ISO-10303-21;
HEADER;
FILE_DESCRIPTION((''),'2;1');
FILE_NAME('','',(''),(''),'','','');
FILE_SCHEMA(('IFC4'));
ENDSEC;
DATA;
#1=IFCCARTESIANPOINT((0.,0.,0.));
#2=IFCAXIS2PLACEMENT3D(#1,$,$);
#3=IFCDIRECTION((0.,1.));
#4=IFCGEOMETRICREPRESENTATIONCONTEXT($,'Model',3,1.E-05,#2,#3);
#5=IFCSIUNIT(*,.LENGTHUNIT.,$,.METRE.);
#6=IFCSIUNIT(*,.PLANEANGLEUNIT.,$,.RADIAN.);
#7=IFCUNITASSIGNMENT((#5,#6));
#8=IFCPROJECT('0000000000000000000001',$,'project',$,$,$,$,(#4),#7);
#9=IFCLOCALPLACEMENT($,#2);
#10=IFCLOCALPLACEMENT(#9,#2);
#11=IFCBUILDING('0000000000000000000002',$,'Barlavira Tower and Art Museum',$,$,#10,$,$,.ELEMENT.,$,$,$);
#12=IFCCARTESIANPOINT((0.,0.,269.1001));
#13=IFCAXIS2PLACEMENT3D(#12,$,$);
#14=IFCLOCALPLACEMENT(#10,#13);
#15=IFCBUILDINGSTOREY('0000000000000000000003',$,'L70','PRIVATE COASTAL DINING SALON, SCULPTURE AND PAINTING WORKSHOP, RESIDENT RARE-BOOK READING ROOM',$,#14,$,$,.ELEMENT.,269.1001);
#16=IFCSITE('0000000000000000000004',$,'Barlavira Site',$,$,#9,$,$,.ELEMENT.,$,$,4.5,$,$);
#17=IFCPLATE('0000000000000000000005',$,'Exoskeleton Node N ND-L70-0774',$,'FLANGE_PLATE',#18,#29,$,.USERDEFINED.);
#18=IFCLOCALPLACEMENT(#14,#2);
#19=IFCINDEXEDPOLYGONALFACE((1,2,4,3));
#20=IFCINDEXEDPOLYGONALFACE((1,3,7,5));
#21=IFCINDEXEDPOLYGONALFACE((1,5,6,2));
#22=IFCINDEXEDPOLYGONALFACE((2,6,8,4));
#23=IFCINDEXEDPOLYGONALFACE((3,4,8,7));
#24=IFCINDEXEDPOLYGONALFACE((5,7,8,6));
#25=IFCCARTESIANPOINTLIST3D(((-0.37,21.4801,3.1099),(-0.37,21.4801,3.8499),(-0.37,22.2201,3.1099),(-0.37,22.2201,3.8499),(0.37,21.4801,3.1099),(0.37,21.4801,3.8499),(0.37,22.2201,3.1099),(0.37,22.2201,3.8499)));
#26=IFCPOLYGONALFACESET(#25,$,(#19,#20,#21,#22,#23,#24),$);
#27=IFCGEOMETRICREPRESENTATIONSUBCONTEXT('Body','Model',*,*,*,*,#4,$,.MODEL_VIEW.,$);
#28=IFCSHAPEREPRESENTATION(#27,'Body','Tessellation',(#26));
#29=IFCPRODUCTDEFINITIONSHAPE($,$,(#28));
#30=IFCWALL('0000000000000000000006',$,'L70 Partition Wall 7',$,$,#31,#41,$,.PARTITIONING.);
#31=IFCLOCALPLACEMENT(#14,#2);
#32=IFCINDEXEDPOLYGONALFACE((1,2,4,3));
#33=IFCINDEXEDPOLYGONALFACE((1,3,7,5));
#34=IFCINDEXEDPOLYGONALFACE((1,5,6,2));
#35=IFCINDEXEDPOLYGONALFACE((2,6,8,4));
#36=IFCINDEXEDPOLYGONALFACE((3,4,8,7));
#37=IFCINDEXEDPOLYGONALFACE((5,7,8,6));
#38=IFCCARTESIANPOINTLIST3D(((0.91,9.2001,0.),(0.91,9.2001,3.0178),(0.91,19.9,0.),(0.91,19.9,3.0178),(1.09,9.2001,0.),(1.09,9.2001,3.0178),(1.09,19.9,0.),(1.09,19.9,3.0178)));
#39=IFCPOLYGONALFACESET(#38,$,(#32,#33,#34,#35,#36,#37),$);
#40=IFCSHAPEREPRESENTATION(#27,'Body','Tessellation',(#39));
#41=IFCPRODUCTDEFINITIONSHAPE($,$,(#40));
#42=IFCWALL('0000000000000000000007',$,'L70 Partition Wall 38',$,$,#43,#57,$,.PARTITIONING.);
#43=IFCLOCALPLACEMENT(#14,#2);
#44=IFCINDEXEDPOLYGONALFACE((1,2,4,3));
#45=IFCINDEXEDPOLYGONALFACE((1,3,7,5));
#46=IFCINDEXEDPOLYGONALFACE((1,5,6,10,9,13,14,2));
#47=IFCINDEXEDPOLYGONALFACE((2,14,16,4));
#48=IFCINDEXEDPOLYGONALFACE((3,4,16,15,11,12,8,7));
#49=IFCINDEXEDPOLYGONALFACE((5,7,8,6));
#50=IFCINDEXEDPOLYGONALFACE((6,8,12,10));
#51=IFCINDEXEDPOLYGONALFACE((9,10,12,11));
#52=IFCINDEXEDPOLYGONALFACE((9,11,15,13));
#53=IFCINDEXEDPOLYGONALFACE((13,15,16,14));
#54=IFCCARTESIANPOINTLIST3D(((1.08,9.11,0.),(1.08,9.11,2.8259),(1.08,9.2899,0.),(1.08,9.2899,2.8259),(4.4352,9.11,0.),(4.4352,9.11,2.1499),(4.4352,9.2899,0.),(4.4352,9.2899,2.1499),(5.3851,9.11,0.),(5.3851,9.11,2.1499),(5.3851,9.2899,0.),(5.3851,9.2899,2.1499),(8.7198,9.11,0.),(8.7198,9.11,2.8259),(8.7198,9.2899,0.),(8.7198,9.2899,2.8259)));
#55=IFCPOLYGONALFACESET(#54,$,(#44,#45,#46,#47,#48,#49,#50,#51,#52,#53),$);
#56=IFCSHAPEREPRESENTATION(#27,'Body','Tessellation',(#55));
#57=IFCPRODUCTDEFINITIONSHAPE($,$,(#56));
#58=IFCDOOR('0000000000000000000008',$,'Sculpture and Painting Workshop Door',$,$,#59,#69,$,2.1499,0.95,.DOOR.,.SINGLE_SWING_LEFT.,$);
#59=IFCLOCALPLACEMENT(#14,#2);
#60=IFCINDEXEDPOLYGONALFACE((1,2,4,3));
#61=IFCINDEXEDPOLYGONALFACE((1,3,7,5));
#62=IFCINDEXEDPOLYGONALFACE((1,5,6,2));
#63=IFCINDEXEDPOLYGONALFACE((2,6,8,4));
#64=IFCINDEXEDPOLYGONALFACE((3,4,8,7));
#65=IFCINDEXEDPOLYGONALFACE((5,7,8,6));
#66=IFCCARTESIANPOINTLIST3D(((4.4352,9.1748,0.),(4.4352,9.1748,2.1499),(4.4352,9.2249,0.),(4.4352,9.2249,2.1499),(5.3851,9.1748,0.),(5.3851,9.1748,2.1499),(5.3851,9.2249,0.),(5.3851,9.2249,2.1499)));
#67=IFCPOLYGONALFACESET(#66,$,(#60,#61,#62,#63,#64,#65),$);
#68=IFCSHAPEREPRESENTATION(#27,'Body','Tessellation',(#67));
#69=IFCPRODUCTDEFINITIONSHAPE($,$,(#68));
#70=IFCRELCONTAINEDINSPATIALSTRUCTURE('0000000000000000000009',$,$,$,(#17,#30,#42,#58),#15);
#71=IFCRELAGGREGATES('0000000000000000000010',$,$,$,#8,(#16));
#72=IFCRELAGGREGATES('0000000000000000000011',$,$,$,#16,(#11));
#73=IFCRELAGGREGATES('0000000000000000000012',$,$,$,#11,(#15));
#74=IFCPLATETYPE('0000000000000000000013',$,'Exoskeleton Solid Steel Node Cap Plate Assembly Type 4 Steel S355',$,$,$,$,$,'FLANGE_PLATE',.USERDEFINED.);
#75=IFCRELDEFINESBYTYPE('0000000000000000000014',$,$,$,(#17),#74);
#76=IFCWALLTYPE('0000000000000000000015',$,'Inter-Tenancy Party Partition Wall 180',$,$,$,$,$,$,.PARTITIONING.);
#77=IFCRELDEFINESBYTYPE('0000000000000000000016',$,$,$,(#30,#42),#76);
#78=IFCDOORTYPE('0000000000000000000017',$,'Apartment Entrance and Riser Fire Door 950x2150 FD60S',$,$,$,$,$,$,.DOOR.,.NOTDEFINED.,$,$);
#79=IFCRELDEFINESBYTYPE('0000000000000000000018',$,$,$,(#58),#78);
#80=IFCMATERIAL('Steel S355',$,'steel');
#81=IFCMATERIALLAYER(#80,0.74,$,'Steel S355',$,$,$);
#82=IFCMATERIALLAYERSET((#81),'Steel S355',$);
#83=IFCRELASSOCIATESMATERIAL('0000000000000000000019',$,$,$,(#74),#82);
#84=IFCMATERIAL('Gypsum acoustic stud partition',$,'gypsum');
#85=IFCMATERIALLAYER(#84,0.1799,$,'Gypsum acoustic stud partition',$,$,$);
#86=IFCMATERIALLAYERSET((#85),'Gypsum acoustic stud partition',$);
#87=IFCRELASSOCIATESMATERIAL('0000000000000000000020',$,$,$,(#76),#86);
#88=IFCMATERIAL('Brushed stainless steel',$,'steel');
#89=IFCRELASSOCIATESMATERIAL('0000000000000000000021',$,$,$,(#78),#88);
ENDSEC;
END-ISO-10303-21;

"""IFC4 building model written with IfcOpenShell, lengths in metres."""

from ifc_helpers import new_model, si_unit, direction, frame, frame_2d, origin, origin_2d, place, context, subcontext, project, spatial, rectangle, extrude, material, layer, layer_set, type_object, element, fill, save


model = new_model("IFC4")

# Units and contexts
model_context = context("Model", 3, precision=1e-05, world=origin(), true_north=direction((0.0, 1.0)))
body_context = subcontext(model_context, "Body", "Model", "MODEL_VIEW")
ifc_project = project(units=[si_unit("LENGTHUNIT", "METRE"), si_unit("PLANEANGLEUNIT", "RADIAN")], contexts=[model_context])

# Site, building, storey
site_placement = place(None, origin())
site = spatial("IfcSite", under=ifc_project, at=site_placement, Name="Barlavira Site", CompositionType="ELEMENT", RefElevation=4.5)
building_placement = place(site_placement, origin())
building = spatial("IfcBuilding", under=site, at=building_placement, Name="Barlavira Tower and Art Museum", CompositionType="ELEMENT")
storey_placement = place(building_placement, frame((0.0, 0.0, 269.1001)))
storey = spatial("IfcBuildingStorey", under=building, at=storey_placement, Name="L70", Description="PRIVATE COASTAL DINING SALON, SCULPTURE AND PAINTING WORKSHOP, RESIDENT RARE-BOOK READING ROOM", CompositionType="ELEMENT", Elevation=269.1001)

# Shared definitions
ifc_material_1 = material(Name="Steel S355", Category="steel")

# Plate
ifc_layer_1 = layer(ifc_material_1, 0.74, Name="Steel S355")
ifc_layer_set_1 = layer_set([ifc_layer_1], Name="Steel S355")
plate_type_1 = type_object("IfcPlateType", Name="Exoskeleton Solid Steel Node Cap Plate Assembly Type 4 Steel S355", ElementType="FLANGE_PLATE", PredefinedType="USERDEFINED", material=ifc_layer_set_1)
plate_1_placement = place(storey_placement, frame((0.0, 21.8501, 3.1099), z_axis=(0.0, 0.0, 1.0), x_axis=(1.0, 0.0, 0.0)))
element("IfcPlate", 1, at=plate_1_placement, inside=storey, type_object=plate_type_1, Name="Exoskeleton Node N ND-L70-0774", ObjectType="FLANGE_PLATE", PredefinedType="USERDEFINED", context=body_context, shape_type="SweptSolid", body=[
    extrude(rectangle(XDim=0.74, YDim=0.74, at=origin_2d()), origin(), (0.0, 0.0, 1.0), 0.74),
])

# Wall
ifc_material_2 = material(Name="Gypsum acoustic stud partition", Category="gypsum")
ifc_layer_2 = layer(ifc_material_2, 0.1799, Name="Gypsum acoustic stud partition")
ifc_layer_set_2 = layer_set([ifc_layer_2], Name="Gypsum acoustic stud partition")
wall_type = type_object("IfcWallType", Name="Inter-Tenancy Party Partition Wall 180", PredefinedType="PARTITIONING", material=ifc_layer_set_2)
wall_1_placement = place(storey_placement, frame((1.0, 9.2, 0.0), z_axis=(0.0, 0.0, 1.0), x_axis=(0.0, 1.0, 0.0)))
element("IfcWall", 2, at=wall_1_placement, inside=storey, type_object=wall_type, Name="L70 Partition Wall 7", PredefinedType="PARTITIONING", context=body_context, shape_type="SweptSolid", body=[
    extrude(rectangle(XDim=10.7, YDim=0.1799, at=frame_2d((5.3501, 0.0))), origin(), (0.0, 0.0, 1.0), 3.0178),
])

# Wall, opening, door
wall_2_placement = place(storey_placement, frame((1.0801, 9.2, 0.0), z_axis=(0.0, 0.0, 1.0), x_axis=(1.0, 0.0, 0.0)))
wall_2 = element("IfcWall", 3, at=wall_2_placement, inside=storey, type_object=wall_type, Name="L70 Partition Wall 38", PredefinedType="PARTITIONING", context=body_context, shape_type="SweptSolid", body=[
    extrude(rectangle(XDim=7.6399, YDim=0.1799, at=frame_2d((3.8198, 0.0))), origin(), (0.0, 0.0, 1.0), 2.8259),
])
opening_placement = place(wall_2_placement, frame((3.355, 0.0, 0.0)))
opening = element("IfcOpeningElement", 4, at=opening_placement, cuts=wall_2, PredefinedType="OPENING", context=body_context, shape_type="SweptSolid", body=[
    extrude(rectangle(XDim=0.95, YDim=2.1499, at=frame_2d((0.4751, 1.075))), frame((0.0, 0.1001, 0.0), z_axis=(0.0, -1.0, 0.0), x_axis=(1.0, 0.0, 0.0)), (0.0, 0.0, 1.0), 0.2),
])
ifc_material_3 = material(Name="Brushed stainless steel", Category="steel")
door_type = type_object("IfcDoorType", Name="Apartment Entrance and Riser Fire Door 950x2150 FD60S", OperationType="NOTDEFINED", PredefinedType="DOOR", material=ifc_material_3)
door_placement = place(opening_placement, origin())
door = element("IfcDoor", 5, at=door_placement, inside=storey, type_object=door_type, Name="Sculpture and Painting Workshop Door", OperationType="SINGLE_SWING_LEFT", OverallHeight=2.1499, OverallWidth=0.95, PredefinedType="DOOR", context=body_context, shape_type="SweptSolid", body=[
    extrude(rectangle(XDim=0.95, YDim=2.1499, at=frame_2d((0.4751, 1.075))), frame((0.0, 0.0249, 0.0), z_axis=(0.0, -1.0, 0.0), x_axis=(1.0, 0.0, 0.0)), (0.0, 0.0, 1.0), 0.05),
])
fill(opening, door)

save(model, "model.ifc")
